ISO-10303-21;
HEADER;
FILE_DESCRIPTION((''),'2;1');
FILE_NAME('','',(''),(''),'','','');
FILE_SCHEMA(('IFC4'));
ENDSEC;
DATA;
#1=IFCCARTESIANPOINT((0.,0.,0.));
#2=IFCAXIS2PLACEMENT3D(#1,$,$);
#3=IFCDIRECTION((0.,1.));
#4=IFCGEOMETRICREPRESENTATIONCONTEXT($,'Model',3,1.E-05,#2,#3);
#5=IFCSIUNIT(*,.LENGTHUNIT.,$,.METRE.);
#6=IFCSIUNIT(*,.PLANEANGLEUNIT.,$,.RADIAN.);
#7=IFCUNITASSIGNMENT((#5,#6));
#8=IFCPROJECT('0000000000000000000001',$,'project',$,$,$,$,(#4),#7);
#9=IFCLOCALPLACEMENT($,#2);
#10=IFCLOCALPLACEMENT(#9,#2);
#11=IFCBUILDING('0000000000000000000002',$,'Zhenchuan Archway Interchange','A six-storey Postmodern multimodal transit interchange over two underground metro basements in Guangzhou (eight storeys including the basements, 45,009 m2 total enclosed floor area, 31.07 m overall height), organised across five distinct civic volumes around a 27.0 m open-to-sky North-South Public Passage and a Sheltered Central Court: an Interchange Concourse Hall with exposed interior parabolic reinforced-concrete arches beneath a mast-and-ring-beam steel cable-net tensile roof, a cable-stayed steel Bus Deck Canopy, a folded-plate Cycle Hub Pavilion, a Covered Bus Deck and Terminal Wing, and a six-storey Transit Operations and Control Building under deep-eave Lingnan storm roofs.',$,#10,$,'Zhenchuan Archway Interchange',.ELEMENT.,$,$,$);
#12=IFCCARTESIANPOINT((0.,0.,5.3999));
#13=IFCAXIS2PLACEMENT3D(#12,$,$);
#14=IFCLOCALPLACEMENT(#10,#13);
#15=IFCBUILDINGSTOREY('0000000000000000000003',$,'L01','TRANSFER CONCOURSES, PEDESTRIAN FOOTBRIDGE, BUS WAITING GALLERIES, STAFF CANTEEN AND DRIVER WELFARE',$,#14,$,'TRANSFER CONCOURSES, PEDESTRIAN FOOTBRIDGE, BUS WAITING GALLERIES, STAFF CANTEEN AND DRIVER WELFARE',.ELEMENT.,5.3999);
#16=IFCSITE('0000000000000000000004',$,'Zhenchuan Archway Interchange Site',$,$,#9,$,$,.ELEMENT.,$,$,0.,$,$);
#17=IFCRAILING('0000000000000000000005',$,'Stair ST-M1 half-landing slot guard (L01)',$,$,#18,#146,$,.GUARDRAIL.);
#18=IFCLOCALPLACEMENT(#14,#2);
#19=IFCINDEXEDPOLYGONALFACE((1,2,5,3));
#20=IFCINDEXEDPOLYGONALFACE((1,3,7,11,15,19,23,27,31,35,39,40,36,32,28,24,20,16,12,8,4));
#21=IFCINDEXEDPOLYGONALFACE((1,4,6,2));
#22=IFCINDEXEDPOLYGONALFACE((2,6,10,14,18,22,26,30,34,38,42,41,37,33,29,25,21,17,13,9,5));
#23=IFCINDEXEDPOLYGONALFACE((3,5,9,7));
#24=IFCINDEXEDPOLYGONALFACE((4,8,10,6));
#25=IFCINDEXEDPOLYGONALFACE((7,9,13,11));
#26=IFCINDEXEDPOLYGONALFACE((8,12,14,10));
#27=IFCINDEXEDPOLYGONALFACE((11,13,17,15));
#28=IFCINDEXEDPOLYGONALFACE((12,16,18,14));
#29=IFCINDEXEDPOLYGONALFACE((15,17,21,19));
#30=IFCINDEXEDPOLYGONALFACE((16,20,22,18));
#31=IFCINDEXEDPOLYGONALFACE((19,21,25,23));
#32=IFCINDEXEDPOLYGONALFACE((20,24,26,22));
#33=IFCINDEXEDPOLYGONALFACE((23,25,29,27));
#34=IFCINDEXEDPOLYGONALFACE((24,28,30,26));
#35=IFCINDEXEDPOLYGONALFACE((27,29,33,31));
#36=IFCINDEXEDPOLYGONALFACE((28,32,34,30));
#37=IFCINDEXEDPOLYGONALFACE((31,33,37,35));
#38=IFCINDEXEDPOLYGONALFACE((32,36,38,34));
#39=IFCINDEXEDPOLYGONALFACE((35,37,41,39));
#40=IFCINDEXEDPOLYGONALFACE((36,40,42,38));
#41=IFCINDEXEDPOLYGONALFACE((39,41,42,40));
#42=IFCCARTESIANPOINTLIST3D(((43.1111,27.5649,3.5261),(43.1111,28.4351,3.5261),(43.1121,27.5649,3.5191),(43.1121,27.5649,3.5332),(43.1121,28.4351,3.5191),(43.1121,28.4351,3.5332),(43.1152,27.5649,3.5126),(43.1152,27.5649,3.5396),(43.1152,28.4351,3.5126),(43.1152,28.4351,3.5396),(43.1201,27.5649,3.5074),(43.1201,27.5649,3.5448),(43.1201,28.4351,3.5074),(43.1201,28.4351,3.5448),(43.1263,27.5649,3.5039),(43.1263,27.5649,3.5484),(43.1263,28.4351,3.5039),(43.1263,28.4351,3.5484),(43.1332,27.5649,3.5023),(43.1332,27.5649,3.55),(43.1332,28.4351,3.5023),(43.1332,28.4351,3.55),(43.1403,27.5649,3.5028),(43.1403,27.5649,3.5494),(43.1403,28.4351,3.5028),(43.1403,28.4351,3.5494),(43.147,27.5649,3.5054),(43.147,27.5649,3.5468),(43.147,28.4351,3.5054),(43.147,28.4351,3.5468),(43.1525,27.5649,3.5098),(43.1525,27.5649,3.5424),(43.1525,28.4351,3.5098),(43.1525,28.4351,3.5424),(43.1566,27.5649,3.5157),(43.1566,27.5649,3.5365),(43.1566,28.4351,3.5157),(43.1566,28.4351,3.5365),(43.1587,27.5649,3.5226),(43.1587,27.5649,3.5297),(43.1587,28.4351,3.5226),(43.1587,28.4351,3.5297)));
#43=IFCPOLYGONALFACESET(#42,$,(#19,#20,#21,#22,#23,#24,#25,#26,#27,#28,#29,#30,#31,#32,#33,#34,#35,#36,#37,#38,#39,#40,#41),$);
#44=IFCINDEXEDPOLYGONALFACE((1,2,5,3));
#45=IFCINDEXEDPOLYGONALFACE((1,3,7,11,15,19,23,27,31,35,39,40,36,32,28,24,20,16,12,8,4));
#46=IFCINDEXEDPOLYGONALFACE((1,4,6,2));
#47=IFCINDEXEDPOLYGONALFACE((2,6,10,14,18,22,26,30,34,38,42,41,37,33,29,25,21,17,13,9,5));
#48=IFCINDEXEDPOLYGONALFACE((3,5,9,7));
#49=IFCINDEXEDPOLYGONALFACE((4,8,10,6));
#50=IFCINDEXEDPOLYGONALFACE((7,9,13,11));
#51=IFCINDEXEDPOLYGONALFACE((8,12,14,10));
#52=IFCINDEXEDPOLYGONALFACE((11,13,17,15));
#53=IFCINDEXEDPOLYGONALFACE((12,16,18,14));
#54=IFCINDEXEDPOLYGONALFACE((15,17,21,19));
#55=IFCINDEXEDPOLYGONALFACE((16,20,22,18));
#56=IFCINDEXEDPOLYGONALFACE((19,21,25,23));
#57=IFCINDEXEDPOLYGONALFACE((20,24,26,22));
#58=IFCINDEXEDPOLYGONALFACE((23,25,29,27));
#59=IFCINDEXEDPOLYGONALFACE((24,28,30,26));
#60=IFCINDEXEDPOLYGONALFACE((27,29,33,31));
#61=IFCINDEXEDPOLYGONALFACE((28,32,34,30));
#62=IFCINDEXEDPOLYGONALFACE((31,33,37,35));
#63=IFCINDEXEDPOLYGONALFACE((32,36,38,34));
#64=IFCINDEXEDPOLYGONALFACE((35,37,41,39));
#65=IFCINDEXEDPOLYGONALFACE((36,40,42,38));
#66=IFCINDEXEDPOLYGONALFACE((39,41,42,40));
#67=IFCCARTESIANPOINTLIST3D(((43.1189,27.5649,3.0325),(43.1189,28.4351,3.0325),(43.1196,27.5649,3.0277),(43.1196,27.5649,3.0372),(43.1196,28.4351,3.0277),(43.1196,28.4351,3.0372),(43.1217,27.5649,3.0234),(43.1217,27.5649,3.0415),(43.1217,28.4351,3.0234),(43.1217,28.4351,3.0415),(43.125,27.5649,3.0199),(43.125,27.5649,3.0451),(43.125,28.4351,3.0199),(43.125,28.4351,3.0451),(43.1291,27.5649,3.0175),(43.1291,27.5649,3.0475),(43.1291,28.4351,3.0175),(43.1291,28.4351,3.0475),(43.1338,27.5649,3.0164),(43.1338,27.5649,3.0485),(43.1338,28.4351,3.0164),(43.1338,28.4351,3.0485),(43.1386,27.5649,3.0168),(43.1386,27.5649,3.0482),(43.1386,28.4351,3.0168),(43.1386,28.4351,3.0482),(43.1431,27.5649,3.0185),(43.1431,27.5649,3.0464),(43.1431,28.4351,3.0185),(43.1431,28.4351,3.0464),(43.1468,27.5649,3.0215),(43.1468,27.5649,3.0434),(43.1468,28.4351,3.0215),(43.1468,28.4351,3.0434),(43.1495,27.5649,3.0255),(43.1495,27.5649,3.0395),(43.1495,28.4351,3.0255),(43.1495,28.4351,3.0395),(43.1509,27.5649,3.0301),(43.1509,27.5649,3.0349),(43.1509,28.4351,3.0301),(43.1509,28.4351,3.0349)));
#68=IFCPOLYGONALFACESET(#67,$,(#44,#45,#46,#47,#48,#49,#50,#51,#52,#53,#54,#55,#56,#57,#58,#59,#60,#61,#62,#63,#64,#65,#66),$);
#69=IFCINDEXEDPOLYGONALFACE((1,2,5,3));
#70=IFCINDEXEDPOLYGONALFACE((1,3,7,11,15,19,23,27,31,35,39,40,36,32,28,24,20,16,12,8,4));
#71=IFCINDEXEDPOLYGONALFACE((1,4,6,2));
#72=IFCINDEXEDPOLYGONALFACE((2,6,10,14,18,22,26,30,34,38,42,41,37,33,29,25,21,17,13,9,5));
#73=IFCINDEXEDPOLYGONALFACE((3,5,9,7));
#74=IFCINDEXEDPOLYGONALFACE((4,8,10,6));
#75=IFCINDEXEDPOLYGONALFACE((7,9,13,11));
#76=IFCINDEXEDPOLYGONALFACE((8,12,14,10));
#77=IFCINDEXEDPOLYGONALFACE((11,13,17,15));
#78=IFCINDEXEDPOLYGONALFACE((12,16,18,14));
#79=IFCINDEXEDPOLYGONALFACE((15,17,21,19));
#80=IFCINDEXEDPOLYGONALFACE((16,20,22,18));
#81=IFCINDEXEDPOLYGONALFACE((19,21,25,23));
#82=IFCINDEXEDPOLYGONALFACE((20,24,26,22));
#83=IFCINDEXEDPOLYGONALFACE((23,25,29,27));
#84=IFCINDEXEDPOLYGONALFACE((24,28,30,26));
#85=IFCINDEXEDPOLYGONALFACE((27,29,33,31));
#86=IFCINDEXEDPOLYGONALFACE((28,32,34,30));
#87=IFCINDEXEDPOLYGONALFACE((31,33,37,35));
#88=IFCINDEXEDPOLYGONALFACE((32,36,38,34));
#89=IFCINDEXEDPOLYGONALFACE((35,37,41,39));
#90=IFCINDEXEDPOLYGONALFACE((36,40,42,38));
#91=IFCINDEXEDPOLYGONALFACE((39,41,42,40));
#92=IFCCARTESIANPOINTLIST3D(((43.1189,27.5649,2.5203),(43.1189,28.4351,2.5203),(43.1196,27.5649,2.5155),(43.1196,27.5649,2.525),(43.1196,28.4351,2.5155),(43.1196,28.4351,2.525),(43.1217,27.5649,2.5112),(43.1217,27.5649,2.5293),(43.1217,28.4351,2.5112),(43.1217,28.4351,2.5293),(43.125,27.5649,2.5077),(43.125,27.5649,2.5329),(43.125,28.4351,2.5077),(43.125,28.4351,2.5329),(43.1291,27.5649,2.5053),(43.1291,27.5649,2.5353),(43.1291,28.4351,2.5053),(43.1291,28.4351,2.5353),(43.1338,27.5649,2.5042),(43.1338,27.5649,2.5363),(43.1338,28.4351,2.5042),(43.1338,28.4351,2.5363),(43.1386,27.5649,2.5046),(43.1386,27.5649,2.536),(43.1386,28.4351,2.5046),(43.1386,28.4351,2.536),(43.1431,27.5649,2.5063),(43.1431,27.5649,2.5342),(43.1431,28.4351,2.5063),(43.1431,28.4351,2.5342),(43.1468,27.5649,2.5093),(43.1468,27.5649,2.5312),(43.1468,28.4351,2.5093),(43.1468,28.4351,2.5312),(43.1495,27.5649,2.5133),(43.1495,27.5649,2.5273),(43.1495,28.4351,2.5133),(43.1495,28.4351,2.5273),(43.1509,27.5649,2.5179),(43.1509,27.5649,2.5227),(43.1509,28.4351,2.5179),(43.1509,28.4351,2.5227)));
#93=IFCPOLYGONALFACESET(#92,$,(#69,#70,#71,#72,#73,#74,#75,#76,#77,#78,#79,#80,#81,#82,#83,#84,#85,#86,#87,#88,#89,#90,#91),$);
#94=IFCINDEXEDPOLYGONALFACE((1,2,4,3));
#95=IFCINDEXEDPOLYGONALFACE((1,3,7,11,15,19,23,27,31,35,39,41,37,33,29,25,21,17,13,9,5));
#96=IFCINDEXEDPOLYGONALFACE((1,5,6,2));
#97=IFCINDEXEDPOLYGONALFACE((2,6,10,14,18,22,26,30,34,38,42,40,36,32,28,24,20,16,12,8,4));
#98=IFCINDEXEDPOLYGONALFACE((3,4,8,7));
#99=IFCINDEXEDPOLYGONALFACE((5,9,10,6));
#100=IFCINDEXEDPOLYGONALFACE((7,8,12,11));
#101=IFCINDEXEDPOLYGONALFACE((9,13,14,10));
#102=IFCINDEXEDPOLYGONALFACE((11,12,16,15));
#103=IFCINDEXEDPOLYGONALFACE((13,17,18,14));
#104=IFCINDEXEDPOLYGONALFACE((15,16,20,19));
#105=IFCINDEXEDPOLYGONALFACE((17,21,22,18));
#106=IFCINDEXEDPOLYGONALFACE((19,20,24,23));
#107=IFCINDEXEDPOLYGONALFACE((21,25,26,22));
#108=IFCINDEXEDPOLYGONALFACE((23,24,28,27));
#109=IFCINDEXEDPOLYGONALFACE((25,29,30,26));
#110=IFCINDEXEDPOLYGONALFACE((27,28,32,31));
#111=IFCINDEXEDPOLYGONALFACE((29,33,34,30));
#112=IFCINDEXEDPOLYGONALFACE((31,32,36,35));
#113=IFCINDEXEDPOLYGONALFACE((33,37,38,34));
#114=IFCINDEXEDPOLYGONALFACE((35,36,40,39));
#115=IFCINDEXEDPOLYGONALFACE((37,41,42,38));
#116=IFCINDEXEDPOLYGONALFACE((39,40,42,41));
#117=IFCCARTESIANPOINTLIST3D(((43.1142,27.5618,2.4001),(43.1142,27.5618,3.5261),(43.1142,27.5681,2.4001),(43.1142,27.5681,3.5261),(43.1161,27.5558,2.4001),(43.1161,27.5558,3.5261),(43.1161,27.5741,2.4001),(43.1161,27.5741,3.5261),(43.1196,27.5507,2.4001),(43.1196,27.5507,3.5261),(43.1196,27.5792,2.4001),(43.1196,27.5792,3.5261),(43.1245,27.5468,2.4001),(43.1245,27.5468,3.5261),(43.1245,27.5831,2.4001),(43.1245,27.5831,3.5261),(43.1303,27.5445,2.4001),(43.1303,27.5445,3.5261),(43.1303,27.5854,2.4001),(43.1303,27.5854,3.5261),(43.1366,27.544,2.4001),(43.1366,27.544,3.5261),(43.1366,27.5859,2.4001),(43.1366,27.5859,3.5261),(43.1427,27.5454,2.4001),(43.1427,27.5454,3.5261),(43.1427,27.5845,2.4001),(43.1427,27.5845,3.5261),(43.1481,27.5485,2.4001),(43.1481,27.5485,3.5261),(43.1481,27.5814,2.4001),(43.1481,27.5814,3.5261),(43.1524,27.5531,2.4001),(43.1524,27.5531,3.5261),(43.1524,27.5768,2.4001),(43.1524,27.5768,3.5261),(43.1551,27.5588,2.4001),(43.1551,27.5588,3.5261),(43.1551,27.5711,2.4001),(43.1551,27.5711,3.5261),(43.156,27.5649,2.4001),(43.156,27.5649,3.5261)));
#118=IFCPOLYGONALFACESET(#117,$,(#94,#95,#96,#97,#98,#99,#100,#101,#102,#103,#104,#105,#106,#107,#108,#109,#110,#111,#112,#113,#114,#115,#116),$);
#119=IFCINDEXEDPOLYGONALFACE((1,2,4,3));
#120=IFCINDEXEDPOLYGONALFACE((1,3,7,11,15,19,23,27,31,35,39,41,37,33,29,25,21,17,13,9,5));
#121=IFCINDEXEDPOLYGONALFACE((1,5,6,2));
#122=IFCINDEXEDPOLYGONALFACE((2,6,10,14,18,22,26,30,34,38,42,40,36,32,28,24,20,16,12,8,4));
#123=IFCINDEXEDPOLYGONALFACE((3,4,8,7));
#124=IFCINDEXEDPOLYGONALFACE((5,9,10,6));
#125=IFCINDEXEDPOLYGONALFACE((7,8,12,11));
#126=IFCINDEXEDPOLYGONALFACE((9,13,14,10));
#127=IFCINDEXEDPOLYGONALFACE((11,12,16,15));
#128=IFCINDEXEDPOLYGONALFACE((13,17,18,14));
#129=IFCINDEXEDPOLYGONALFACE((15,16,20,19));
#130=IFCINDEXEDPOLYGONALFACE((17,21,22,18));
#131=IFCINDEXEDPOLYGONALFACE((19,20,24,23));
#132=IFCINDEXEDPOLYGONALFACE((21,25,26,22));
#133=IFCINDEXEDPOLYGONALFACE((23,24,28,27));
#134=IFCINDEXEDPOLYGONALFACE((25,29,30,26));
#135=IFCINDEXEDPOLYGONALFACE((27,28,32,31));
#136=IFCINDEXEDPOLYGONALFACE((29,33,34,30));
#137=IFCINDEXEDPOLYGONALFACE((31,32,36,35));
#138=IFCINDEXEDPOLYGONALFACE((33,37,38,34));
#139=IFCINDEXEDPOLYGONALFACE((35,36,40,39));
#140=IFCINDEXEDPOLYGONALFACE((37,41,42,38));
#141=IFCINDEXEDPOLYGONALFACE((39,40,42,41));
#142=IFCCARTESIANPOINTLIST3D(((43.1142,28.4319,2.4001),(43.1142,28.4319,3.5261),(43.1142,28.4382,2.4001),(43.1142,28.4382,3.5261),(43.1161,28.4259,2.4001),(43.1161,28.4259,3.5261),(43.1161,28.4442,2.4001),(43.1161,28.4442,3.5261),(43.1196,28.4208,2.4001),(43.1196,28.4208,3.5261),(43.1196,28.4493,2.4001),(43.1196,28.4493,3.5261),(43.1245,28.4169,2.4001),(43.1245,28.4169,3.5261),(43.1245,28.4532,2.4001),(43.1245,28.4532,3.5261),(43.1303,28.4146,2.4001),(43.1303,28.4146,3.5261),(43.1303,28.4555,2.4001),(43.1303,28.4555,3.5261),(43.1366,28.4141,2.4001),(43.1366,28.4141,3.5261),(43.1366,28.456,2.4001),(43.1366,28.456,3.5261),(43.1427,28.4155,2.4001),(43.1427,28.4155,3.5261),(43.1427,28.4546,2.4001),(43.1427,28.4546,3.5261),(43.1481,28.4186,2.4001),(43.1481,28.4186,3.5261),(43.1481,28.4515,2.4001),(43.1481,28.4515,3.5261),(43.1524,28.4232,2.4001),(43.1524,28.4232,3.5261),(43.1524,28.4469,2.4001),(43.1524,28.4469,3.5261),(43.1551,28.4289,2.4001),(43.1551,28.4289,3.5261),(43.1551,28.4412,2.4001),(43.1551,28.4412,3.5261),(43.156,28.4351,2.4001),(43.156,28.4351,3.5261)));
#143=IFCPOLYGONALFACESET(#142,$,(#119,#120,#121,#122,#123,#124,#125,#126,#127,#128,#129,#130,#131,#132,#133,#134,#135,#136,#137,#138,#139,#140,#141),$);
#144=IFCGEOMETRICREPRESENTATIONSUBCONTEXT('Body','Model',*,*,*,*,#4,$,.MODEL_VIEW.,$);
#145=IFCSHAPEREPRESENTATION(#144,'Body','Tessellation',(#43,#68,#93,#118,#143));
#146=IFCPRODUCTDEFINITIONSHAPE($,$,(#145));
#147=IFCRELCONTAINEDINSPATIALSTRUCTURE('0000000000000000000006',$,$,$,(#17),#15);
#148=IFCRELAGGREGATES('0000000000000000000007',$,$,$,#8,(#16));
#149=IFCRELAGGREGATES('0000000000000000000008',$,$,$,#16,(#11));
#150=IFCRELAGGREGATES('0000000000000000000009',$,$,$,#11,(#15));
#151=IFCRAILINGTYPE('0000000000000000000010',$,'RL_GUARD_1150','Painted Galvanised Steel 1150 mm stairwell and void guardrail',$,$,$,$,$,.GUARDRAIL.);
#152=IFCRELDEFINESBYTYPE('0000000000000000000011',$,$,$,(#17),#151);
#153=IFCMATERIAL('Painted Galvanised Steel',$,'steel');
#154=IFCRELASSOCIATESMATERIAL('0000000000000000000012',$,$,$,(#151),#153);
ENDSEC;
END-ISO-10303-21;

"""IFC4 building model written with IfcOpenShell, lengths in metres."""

from ifc_helpers import new_model, si_unit, direction, frame, origin, origin_2d, place, context, subcontext, project, spatial, circle, extrude, material, type_object, element, save


model = new_model("IFC4")

# Units and contexts
model_context = context("Model", 3, precision=1e-05, world=origin(), true_north=direction((0.0, 1.0)))
body_context = subcontext(model_context, "Body", "Model", "MODEL_VIEW")
ifc_project = project(units=[si_unit("LENGTHUNIT", "METRE"), si_unit("PLANEANGLEUNIT", "RADIAN")], contexts=[model_context])

# Site, building, storey
site_placement = place(None, origin())
site = spatial("IfcSite", under=ifc_project, at=site_placement, Name="Zhenchuan Archway Interchange Site", CompositionType="ELEMENT", RefElevation=0.0)
building_placement = place(site_placement, origin())
building = spatial("IfcBuilding", under=site, at=building_placement, Name="Zhenchuan Archway Interchange", Description="A six-storey Postmodern multimodal transit interchange over two underground metro basements in Guangzhou (eight storeys including the basements, 45,009 m2 total enclosed floor area, 31.07 m overall height), organised across five distinct civic volumes around a 27.0 m open-to-sky North-South Public Passage and a Sheltered Central Court: an Interchange Concourse Hall with exposed interior parabolic reinforced-concrete arches beneath a mast-and-ring-beam steel cable-net tensile roof, a cable-stayed steel Bus Deck Canopy, a folded-plate Cycle Hub Pavilion, a Covered Bus Deck and Terminal Wing, and a six-storey Transit Operations and Control Building under deep-eave Lingnan storm roofs.", LongName="Zhenchuan Archway Interchange", CompositionType="ELEMENT")
storey_placement = place(building_placement, frame((0.0, 0.0, 5.3999)))
storey = spatial("IfcBuildingStorey", under=building, at=storey_placement, Name="L01", Description="TRANSFER CONCOURSES, PEDESTRIAN FOOTBRIDGE, BUS WAITING GALLERIES, STAFF CANTEEN AND DRIVER WELFARE", LongName="TRANSFER CONCOURSES, PEDESTRIAN FOOTBRIDGE, BUS WAITING GALLERIES, STAFF CANTEEN AND DRIVER WELFARE", CompositionType="ELEMENT", Elevation=5.3999)

# Railing
ifc_material_1 = material(Name="Painted Galvanised Steel", Category="steel")
railing_type_1 = type_object("IfcRailingType", Name="RL_GUARD_1150", Description="Painted Galvanised Steel 1150 mm stairwell and void guardrail", PredefinedType="GUARDRAIL", material=ifc_material_1)
for number, where, name in (
    (1, (43.135, 27.5649, 2.4001), "Stair ST-M1 half-landing slot guard (L01)"),
):
    element("IfcRailing", number, at=place(storey_placement, frame(where)), inside=storey, type_object=railing_type_1, Name=name, PredefinedType="GUARDRAIL", context=body_context, shape_type="SweptSolid", body=[
        extrude(circle(Radius=0.0239, at=origin_2d()), frame((0.0, 0.0, 1.126), z_axis=(0.0, 1.0, 0.0), x_axis=(-1.0, 0.0, 0.0)), (0.0, 0.0, 1.0), 0.8701),
        extrude(circle(Radius=0.0161, at=origin_2d()), frame((0.0, 0.0, 0.6323), z_axis=(0.0, 1.0, 0.0), x_axis=(-1.0, 0.0, 0.0)), (0.0, 0.0, 1.0), 0.8701),
        extrude(circle(Radius=0.0161, at=origin_2d()), frame((0.0, 0.0, 0.1201), z_axis=(0.0, 1.0, 0.0), x_axis=(-1.0, 0.0, 0.0)), (0.0, 0.0, 1.0), 0.8701),
        extrude(circle(Radius=0.021, at=origin_2d()), origin(), (0.0, 0.0, 1.0), 1.126),
        extrude(circle(Radius=0.021, at=origin_2d()), frame((0.0, 0.8701, 0.0)), (0.0, 0.0, 1.0), 1.126),
    ])

save(model, "model.ifc")
